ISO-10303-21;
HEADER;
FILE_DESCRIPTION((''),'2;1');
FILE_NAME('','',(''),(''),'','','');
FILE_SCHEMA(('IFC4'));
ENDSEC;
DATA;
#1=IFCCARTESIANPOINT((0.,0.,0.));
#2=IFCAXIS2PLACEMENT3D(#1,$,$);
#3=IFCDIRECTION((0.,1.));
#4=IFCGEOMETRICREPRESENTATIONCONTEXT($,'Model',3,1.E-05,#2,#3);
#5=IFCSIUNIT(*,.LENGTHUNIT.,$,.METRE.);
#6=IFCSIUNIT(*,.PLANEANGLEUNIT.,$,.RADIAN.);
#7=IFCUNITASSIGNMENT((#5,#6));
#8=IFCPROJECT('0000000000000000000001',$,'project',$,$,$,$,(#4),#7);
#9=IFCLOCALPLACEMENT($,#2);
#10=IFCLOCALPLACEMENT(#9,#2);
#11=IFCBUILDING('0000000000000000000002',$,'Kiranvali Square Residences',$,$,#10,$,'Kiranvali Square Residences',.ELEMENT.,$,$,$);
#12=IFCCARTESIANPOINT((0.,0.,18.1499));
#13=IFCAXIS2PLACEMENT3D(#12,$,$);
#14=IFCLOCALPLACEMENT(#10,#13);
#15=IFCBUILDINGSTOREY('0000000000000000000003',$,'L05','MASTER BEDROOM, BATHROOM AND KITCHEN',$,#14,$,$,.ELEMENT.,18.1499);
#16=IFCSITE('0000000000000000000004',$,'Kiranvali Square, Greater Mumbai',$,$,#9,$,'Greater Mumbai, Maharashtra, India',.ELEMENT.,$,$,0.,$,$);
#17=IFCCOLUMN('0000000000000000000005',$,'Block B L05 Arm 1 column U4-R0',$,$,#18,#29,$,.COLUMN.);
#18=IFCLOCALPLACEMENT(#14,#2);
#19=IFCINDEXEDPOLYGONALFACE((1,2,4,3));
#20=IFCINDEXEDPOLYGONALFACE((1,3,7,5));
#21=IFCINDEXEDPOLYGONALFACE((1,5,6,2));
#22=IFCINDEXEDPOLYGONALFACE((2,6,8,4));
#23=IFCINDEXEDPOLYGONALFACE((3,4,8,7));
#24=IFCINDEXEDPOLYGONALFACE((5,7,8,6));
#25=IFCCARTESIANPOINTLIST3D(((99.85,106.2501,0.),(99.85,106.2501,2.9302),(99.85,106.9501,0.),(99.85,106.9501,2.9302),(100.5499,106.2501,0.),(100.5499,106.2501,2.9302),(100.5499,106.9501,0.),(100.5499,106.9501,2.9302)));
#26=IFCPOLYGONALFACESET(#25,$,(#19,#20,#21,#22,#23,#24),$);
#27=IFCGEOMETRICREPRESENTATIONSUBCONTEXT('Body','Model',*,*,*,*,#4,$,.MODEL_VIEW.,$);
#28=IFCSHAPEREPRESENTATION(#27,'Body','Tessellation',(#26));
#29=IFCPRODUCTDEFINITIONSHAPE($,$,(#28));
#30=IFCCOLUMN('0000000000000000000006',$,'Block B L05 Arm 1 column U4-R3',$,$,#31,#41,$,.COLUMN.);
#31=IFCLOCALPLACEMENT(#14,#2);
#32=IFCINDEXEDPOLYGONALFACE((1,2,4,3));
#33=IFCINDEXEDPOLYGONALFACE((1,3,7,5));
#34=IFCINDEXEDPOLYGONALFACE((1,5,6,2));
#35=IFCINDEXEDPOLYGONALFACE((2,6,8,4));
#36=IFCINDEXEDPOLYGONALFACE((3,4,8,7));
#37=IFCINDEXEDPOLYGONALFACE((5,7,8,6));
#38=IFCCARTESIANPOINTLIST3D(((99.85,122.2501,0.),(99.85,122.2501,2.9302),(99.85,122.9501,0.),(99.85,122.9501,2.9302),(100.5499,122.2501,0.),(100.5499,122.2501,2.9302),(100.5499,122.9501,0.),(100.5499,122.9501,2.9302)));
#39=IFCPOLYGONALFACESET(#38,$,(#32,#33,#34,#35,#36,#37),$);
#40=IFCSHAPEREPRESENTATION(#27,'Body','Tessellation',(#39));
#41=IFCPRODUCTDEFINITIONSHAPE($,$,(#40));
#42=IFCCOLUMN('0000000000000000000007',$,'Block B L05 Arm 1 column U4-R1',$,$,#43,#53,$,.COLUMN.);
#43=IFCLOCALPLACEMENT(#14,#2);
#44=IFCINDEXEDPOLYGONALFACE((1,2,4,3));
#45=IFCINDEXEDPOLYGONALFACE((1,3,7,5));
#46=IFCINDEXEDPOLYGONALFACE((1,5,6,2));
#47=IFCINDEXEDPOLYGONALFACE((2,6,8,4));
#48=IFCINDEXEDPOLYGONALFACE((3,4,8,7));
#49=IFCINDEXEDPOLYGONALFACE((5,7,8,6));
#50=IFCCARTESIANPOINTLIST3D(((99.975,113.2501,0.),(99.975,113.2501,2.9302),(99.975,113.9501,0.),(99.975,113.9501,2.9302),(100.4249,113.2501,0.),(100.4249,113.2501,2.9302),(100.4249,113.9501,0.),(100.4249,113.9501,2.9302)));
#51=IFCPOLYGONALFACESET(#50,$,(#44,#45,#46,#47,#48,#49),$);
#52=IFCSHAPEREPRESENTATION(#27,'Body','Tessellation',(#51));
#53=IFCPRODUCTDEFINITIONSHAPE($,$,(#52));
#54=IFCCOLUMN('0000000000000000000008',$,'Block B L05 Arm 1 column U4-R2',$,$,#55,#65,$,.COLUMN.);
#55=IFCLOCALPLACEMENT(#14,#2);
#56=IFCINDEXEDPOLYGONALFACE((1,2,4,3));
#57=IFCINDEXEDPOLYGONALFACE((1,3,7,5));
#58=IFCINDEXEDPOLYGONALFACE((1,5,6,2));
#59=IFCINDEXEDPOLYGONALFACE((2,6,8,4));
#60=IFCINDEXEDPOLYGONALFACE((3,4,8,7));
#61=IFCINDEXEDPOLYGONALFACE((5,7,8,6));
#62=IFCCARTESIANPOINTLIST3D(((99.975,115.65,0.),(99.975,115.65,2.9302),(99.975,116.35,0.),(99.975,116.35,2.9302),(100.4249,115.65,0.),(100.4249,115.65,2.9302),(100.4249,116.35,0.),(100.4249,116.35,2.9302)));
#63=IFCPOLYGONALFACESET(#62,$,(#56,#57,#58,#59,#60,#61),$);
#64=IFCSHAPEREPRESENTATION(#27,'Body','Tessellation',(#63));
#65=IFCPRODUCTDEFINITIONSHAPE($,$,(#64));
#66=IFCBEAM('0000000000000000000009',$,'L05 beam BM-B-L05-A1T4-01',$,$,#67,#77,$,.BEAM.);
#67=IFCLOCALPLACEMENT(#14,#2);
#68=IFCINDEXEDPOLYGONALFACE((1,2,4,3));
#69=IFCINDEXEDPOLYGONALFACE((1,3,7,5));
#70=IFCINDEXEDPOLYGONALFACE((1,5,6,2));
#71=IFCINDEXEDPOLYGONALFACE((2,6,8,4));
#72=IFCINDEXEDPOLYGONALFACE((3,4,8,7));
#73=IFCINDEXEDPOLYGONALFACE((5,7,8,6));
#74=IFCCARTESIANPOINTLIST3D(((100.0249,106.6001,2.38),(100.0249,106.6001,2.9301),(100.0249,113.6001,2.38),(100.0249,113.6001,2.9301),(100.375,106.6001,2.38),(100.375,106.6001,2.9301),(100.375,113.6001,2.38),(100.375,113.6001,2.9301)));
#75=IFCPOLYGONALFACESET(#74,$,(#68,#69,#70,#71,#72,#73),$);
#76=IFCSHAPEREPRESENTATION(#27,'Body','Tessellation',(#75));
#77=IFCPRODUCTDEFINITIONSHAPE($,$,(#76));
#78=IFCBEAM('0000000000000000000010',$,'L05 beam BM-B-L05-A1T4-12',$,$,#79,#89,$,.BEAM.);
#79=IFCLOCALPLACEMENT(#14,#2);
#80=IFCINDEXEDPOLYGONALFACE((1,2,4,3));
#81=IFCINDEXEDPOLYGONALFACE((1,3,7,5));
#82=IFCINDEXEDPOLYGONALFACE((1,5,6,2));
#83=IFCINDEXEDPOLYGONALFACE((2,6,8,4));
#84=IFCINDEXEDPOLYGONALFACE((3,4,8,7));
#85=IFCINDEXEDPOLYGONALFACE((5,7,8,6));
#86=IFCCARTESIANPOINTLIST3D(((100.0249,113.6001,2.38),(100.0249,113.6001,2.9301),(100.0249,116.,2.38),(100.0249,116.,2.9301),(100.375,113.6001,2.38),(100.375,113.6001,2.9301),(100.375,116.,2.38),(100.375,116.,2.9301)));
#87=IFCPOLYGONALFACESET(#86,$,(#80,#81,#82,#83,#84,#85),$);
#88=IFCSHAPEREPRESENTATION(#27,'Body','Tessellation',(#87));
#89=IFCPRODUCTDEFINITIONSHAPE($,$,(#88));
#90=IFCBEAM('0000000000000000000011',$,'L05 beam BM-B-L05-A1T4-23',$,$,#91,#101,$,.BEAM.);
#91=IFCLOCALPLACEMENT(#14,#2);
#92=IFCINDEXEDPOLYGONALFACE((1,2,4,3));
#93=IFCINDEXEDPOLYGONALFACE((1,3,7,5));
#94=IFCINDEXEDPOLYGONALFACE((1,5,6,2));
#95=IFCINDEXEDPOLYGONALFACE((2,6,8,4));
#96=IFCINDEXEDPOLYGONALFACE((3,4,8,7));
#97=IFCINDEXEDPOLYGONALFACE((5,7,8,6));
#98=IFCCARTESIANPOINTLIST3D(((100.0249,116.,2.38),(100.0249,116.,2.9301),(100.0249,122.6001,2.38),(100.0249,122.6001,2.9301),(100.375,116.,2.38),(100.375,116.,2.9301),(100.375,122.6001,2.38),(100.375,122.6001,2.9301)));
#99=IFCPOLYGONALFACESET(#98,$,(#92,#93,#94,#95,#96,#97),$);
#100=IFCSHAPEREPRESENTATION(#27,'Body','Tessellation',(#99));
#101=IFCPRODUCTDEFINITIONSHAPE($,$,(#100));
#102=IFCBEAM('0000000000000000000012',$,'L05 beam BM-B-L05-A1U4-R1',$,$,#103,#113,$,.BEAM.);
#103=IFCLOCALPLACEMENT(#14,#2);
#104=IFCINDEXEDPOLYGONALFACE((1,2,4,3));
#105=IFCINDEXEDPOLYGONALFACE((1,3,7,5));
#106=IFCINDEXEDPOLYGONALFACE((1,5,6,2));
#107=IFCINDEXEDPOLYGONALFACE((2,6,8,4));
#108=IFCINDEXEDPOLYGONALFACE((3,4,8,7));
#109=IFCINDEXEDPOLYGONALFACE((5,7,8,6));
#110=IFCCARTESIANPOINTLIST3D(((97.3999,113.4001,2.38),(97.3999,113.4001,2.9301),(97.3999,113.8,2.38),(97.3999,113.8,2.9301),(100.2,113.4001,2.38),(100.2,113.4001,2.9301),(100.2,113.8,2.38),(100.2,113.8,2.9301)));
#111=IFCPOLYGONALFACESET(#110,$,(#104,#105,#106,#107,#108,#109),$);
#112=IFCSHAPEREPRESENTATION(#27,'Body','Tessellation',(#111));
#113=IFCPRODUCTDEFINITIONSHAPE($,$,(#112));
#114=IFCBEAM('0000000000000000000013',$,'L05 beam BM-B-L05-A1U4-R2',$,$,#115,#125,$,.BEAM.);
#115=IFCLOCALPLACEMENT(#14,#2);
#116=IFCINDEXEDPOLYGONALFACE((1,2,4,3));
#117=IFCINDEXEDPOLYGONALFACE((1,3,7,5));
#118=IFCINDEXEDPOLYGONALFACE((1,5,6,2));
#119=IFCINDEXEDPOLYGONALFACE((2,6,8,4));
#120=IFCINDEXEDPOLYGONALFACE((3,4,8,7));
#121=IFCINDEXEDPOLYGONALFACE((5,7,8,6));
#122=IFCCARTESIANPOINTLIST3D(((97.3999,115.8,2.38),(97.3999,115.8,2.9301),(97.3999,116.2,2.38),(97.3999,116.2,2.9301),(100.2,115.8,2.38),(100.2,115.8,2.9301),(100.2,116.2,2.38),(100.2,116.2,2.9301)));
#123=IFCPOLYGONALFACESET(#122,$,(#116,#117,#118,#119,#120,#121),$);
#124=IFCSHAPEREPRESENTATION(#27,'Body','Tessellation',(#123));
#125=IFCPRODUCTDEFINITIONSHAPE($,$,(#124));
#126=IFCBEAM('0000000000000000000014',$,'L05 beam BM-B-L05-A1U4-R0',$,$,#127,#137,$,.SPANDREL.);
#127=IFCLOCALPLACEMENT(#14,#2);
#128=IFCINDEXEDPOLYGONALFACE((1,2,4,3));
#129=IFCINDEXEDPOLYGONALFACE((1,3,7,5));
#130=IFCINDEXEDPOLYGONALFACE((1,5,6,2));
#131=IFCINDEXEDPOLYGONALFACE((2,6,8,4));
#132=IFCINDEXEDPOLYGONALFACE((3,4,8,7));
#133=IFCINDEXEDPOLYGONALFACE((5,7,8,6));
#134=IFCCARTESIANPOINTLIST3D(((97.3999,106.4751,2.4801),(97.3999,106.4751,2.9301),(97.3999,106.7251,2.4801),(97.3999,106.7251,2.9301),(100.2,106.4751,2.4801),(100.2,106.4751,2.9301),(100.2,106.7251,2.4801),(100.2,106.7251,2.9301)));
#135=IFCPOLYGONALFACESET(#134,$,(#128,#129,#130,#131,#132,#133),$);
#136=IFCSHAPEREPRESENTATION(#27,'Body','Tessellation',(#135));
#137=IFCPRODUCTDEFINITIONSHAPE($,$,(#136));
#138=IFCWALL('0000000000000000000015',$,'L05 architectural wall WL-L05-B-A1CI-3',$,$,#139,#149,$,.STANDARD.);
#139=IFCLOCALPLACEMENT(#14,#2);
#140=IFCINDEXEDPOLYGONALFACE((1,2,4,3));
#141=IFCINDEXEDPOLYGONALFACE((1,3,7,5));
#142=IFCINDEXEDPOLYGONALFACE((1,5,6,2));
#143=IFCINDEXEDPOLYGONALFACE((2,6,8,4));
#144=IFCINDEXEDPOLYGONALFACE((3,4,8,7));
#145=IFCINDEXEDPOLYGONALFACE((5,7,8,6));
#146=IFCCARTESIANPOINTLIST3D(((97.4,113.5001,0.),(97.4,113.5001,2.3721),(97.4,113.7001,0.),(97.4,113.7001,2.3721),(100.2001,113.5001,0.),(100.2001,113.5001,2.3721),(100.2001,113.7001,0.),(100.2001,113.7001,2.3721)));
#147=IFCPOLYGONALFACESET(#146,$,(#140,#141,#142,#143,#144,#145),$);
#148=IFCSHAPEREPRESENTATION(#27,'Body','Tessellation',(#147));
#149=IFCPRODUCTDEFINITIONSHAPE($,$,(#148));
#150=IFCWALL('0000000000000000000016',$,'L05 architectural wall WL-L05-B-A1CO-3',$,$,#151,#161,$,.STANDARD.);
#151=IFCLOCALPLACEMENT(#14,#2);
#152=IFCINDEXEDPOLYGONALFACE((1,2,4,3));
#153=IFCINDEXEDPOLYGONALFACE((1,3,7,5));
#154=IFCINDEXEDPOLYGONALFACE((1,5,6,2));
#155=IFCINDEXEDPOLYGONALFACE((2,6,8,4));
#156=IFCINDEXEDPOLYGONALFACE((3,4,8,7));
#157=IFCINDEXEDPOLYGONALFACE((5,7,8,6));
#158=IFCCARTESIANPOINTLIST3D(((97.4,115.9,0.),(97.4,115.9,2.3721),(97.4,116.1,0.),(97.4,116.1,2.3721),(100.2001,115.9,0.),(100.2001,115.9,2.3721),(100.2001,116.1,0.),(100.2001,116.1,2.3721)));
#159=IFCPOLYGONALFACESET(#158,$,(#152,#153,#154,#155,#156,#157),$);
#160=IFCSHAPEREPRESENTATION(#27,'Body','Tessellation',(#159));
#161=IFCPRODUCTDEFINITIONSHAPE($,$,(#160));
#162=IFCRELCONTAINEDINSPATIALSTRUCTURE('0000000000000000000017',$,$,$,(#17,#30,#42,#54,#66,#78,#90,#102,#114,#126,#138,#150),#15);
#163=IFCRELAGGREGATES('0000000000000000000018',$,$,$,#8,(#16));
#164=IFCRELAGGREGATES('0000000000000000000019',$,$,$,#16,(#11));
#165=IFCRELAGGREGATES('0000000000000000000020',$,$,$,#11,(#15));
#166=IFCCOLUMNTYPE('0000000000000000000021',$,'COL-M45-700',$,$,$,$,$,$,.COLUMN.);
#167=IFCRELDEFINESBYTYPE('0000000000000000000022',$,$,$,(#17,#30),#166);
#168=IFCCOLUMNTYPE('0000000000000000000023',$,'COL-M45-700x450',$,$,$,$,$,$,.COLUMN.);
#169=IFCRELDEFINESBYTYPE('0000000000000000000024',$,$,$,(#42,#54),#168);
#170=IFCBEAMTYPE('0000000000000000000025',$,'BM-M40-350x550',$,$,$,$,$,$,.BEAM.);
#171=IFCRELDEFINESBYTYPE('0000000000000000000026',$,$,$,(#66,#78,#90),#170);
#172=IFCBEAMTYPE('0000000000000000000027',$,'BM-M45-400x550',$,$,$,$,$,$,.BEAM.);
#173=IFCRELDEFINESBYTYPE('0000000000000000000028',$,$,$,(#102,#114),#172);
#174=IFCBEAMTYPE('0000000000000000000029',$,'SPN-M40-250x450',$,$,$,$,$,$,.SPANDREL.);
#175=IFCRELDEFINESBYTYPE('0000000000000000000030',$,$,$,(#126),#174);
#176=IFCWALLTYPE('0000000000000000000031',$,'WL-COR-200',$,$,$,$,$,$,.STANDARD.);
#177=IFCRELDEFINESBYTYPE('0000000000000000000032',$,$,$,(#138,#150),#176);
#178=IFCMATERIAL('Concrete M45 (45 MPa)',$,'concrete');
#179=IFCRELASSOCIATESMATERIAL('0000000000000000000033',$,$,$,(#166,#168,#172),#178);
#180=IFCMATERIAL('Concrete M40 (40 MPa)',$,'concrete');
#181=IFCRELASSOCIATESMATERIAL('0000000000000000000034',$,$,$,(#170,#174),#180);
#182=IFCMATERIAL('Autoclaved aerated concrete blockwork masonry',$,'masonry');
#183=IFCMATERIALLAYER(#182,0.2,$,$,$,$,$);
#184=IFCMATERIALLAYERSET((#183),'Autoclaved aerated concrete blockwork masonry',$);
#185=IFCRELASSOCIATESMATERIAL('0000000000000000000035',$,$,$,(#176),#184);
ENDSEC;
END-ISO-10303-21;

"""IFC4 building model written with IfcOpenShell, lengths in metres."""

from ifc_helpers import new_model, si_unit, direction, frame, frame_2d, origin, origin_2d, place, context, subcontext, project, spatial, rectangle, extrude, material, layer, layer_set, material_profile, profile_set, type_object, element, save


model = new_model("IFC4")

# Units and contexts
model_context = context("Model", 3, precision=1e-05, world=origin(), true_north=direction((0.0, 1.0)))
body_context = subcontext(model_context, "Body", "Model", "MODEL_VIEW")
ifc_project = project(units=[si_unit("LENGTHUNIT", "METRE"), si_unit("PLANEANGLEUNIT", "RADIAN")], contexts=[model_context])

# Site, building, storey
site_placement = place(None, origin())
site = spatial("IfcSite", under=ifc_project, at=site_placement, Name="Kiranvali Square, Greater Mumbai", LongName="Greater Mumbai, Maharashtra, India", CompositionType="ELEMENT", RefElevation=0.0)
building_placement = place(site_placement, origin())
building = spatial("IfcBuilding", under=site, at=building_placement, Name="Kiranvali Square Residences", LongName="Kiranvali Square Residences", CompositionType="ELEMENT")
storey_placement = place(building_placement, frame((0.0, 0.0, 18.1499)))
storey = spatial("IfcBuildingStorey", under=building, at=storey_placement, Name="L05", Description="MASTER BEDROOM, BATHROOM AND KITCHEN", CompositionType="ELEMENT", Elevation=18.1499)

# Columns
ifc_material_1 = material(Name="Concrete M45 (45 MPa)", Category="concrete")
ifc_material_profile_1 = material_profile(ifc_material_1, rectangle(XDim=0.7, YDim=0.7, at=origin_2d()), Name="RC 700x700")
ifc_profile_set_1 = profile_set([ifc_material_profile_1], Name="Concrete M45 (45 MPa)")
column_type_1 = type_object("IfcColumnType", Name="COL-M45-700", PredefinedType="COLUMN", material=ifc_profile_set_1)
for number, where, z_axis, x_axis, name in (
    (1, (100.2, 106.6001, 0.0), (0.0, 0.0, 1.0), (1.0, 0.0, 0.0), "Block B L05 Arm 1 column U4-R0"),
    (2, (100.2, 122.6001, 0.0), (0.0, 0.0, 1.0), (1.0, 0.0, 0.0), "Block B L05 Arm 1 column U4-R3"),
):
    element("IfcColumn", number, at=place(storey_placement, frame(where, z_axis=z_axis, x_axis=x_axis)), inside=storey, type_object=column_type_1, Name=name, PredefinedType="COLUMN", context=body_context, shape_type="SweptSolid", body=[
        extrude(rectangle(XDim=0.7, YDim=0.7, at=origin_2d()), origin(), (0.0, 0.0, 1.0), 2.9302),
    ])
ifc_material_profile_2 = material_profile(ifc_material_1, rectangle(XDim=0.45, YDim=0.7, at=origin_2d()), Name="RC 700x450")
ifc_profile_set_2 = profile_set([ifc_material_profile_2], Name="Concrete M45 (45 MPa)")
column_type_2 = type_object("IfcColumnType", Name="COL-M45-700x450", PredefinedType="COLUMN", material=ifc_profile_set_2)
for number, where, z_axis, x_axis, name in (
    (3, (100.2, 113.6001, 0.0), (0.0, 0.0, 1.0), (1.0, 0.0, 0.0), "Block B L05 Arm 1 column U4-R1"),
    (4, (100.2, 116.0, 0.0), (0.0, 0.0, 1.0), (1.0, 0.0, 0.0), "Block B L05 Arm 1 column U4-R2"),
):
    element("IfcColumn", number, at=place(storey_placement, frame(where, z_axis=z_axis, x_axis=x_axis)), inside=storey, type_object=column_type_2, Name=name, PredefinedType="COLUMN", context=body_context, shape_type="SweptSolid", body=[
        extrude(rectangle(XDim=0.45, YDim=0.7, at=origin_2d()), origin(), (0.0, 0.0, 1.0), 2.9302),
    ])

# Beams
ifc_material_2 = material(Name="Concrete M40 (40 MPa)", Category="concrete")
ifc_material_profile_3 = material_profile(ifc_material_2, rectangle(XDim=0.3501, YDim=0.55, at=origin_2d()), Name="RC 350x550")
ifc_profile_set_3 = profile_set([ifc_material_profile_3], Name="Concrete M40 (40 MPa)")
beam_type_1 = type_object("IfcBeamType", Name="BM-M40-350x550", PredefinedType="BEAM", material=ifc_profile_set_3)
beam_1_placement = place(storey_placement, frame((100.2, 106.6001, 2.655), z_axis=(0.0, 1.0, 0.0), x_axis=(-1.0, 0.0, 0.0)))
element("IfcBeam", 5, at=beam_1_placement, inside=storey, type_object=beam_type_1, Name="L05 beam BM-B-L05-A1T4-01", PredefinedType="BEAM", context=body_context, shape_type="SweptSolid", body=[
    extrude(rectangle(XDim=0.3501, YDim=0.55, at=origin_2d()), origin(), (0.0, 0.0, 1.0), 7.0),
])
beam_2_placement = place(storey_placement, frame((100.2, 113.6001, 2.655), z_axis=(0.0, 1.0, 0.0), x_axis=(-1.0, 0.0, 0.0)))
element("IfcBeam", 6, at=beam_2_placement, inside=storey, type_object=beam_type_1, Name="L05 beam BM-B-L05-A1T4-12", PredefinedType="BEAM", context=body_context, shape_type="SweptSolid", body=[
    extrude(rectangle(XDim=0.3501, YDim=0.55, at=origin_2d()), origin(), (0.0, 0.0, 1.0), 2.3999),
])
beam_3_placement = place(storey_placement, frame((100.2, 116.0, 2.655), z_axis=(0.0, 1.0, 0.0), x_axis=(-1.0, 0.0, 0.0)))
element("IfcBeam", 7, at=beam_3_placement, inside=storey, type_object=beam_type_1, Name="L05 beam BM-B-L05-A1T4-23", PredefinedType="BEAM", context=body_context, shape_type="SweptSolid", body=[
    extrude(rectangle(XDim=0.3501, YDim=0.55, at=origin_2d()), origin(), (0.0, 0.0, 1.0), 6.6001),
])
ifc_material_profile_4 = material_profile(ifc_material_1, rectangle(XDim=0.3999, YDim=0.55, at=origin_2d()), Name="RC 400x550")
ifc_profile_set_4 = profile_set([ifc_material_profile_4], Name="Concrete M45 (45 MPa)")
beam_type_2 = type_object("IfcBeamType", Name="BM-M45-400x550", PredefinedType="BEAM", material=ifc_profile_set_4)
for number, where, z_axis, x_axis, name in (
    (8, (100.2, 113.6001, 2.655), (-1.0, 0.0, 0.0), (0.0, -1.0, 0.0), "L05 beam BM-B-L05-A1U4-R1"),
    (9, (100.2, 116.0, 2.655), (-1.0, 0.0, 0.0), (0.0, -1.0, 0.0), "L05 beam BM-B-L05-A1U4-R2"),
):
    element("IfcBeam", number, at=place(storey_placement, frame(where, z_axis=z_axis, x_axis=x_axis)), inside=storey, type_object=beam_type_2, Name=name, PredefinedType="BEAM", context=body_context, shape_type="SweptSolid", body=[
        extrude(rectangle(XDim=0.3999, YDim=0.55, at=origin_2d()), origin(), (0.0, 0.0, 1.0), 2.8),
    ])
ifc_material_profile_5 = material_profile(ifc_material_2, rectangle(XDim=0.25, YDim=0.45, at=origin_2d()), Name="RC 250x450")
ifc_profile_set_5 = profile_set([ifc_material_profile_5], Name="Concrete M40 (40 MPa)")
beam_type_3 = type_object("IfcBeamType", Name="SPN-M40-250x450", PredefinedType="SPANDREL", material=ifc_profile_set_5)
beam_4_placement = place(storey_placement, frame((100.2, 106.6001, 2.7051), z_axis=(-1.0, 0.0, 0.0), x_axis=(0.0, -1.0, 0.0)))
element("IfcBeam", 10, at=beam_4_placement, inside=storey, type_object=beam_type_3, Name="L05 beam BM-B-L05-A1U4-R0", PredefinedType="SPANDREL", context=body_context, shape_type="SweptSolid", body=[
    extrude(rectangle(XDim=0.25, YDim=0.45, at=origin_2d()), origin(), (0.0, 0.0, 1.0), 2.8),
])

# Walls
ifc_material_3 = material(Name="Autoclaved aerated concrete blockwork masonry", Category="masonry")
ifc_layer_1 = layer(ifc_material_3, 0.2)
ifc_layer_set_1 = layer_set([ifc_layer_1], Name="Autoclaved aerated concrete blockwork masonry")
wall_type_1 = type_object("IfcWallType", Name="WL-COR-200", PredefinedType="STANDARD", material=ifc_layer_set_1)
for number, where, z_axis, x_axis, name in (
    (11, (100.2, 113.6001, 0.0), (0.0, 0.0, 1.0), (-1.0, 0.0, 0.0), "L05 architectural wall WL-L05-B-A1CI-3"),
    (12, (100.2, 116.0, 0.0), (0.0, 0.0, 1.0), (-1.0, 0.0, 0.0), "L05 architectural wall WL-L05-B-A1CO-3"),
):
    element("IfcWall", number, at=place(storey_placement, frame(where, z_axis=z_axis, x_axis=x_axis)), inside=storey, type_object=wall_type_1, Name=name, PredefinedType="STANDARD", context=body_context, shape_type="SweptSolid", body=[
        extrude(rectangle(XDim=2.8, YDim=0.2, at=frame_2d((1.3999, 0.0))), origin(), (0.0, 0.0, 1.0), 2.3721),
    ])

save(model, "model.ifc")
